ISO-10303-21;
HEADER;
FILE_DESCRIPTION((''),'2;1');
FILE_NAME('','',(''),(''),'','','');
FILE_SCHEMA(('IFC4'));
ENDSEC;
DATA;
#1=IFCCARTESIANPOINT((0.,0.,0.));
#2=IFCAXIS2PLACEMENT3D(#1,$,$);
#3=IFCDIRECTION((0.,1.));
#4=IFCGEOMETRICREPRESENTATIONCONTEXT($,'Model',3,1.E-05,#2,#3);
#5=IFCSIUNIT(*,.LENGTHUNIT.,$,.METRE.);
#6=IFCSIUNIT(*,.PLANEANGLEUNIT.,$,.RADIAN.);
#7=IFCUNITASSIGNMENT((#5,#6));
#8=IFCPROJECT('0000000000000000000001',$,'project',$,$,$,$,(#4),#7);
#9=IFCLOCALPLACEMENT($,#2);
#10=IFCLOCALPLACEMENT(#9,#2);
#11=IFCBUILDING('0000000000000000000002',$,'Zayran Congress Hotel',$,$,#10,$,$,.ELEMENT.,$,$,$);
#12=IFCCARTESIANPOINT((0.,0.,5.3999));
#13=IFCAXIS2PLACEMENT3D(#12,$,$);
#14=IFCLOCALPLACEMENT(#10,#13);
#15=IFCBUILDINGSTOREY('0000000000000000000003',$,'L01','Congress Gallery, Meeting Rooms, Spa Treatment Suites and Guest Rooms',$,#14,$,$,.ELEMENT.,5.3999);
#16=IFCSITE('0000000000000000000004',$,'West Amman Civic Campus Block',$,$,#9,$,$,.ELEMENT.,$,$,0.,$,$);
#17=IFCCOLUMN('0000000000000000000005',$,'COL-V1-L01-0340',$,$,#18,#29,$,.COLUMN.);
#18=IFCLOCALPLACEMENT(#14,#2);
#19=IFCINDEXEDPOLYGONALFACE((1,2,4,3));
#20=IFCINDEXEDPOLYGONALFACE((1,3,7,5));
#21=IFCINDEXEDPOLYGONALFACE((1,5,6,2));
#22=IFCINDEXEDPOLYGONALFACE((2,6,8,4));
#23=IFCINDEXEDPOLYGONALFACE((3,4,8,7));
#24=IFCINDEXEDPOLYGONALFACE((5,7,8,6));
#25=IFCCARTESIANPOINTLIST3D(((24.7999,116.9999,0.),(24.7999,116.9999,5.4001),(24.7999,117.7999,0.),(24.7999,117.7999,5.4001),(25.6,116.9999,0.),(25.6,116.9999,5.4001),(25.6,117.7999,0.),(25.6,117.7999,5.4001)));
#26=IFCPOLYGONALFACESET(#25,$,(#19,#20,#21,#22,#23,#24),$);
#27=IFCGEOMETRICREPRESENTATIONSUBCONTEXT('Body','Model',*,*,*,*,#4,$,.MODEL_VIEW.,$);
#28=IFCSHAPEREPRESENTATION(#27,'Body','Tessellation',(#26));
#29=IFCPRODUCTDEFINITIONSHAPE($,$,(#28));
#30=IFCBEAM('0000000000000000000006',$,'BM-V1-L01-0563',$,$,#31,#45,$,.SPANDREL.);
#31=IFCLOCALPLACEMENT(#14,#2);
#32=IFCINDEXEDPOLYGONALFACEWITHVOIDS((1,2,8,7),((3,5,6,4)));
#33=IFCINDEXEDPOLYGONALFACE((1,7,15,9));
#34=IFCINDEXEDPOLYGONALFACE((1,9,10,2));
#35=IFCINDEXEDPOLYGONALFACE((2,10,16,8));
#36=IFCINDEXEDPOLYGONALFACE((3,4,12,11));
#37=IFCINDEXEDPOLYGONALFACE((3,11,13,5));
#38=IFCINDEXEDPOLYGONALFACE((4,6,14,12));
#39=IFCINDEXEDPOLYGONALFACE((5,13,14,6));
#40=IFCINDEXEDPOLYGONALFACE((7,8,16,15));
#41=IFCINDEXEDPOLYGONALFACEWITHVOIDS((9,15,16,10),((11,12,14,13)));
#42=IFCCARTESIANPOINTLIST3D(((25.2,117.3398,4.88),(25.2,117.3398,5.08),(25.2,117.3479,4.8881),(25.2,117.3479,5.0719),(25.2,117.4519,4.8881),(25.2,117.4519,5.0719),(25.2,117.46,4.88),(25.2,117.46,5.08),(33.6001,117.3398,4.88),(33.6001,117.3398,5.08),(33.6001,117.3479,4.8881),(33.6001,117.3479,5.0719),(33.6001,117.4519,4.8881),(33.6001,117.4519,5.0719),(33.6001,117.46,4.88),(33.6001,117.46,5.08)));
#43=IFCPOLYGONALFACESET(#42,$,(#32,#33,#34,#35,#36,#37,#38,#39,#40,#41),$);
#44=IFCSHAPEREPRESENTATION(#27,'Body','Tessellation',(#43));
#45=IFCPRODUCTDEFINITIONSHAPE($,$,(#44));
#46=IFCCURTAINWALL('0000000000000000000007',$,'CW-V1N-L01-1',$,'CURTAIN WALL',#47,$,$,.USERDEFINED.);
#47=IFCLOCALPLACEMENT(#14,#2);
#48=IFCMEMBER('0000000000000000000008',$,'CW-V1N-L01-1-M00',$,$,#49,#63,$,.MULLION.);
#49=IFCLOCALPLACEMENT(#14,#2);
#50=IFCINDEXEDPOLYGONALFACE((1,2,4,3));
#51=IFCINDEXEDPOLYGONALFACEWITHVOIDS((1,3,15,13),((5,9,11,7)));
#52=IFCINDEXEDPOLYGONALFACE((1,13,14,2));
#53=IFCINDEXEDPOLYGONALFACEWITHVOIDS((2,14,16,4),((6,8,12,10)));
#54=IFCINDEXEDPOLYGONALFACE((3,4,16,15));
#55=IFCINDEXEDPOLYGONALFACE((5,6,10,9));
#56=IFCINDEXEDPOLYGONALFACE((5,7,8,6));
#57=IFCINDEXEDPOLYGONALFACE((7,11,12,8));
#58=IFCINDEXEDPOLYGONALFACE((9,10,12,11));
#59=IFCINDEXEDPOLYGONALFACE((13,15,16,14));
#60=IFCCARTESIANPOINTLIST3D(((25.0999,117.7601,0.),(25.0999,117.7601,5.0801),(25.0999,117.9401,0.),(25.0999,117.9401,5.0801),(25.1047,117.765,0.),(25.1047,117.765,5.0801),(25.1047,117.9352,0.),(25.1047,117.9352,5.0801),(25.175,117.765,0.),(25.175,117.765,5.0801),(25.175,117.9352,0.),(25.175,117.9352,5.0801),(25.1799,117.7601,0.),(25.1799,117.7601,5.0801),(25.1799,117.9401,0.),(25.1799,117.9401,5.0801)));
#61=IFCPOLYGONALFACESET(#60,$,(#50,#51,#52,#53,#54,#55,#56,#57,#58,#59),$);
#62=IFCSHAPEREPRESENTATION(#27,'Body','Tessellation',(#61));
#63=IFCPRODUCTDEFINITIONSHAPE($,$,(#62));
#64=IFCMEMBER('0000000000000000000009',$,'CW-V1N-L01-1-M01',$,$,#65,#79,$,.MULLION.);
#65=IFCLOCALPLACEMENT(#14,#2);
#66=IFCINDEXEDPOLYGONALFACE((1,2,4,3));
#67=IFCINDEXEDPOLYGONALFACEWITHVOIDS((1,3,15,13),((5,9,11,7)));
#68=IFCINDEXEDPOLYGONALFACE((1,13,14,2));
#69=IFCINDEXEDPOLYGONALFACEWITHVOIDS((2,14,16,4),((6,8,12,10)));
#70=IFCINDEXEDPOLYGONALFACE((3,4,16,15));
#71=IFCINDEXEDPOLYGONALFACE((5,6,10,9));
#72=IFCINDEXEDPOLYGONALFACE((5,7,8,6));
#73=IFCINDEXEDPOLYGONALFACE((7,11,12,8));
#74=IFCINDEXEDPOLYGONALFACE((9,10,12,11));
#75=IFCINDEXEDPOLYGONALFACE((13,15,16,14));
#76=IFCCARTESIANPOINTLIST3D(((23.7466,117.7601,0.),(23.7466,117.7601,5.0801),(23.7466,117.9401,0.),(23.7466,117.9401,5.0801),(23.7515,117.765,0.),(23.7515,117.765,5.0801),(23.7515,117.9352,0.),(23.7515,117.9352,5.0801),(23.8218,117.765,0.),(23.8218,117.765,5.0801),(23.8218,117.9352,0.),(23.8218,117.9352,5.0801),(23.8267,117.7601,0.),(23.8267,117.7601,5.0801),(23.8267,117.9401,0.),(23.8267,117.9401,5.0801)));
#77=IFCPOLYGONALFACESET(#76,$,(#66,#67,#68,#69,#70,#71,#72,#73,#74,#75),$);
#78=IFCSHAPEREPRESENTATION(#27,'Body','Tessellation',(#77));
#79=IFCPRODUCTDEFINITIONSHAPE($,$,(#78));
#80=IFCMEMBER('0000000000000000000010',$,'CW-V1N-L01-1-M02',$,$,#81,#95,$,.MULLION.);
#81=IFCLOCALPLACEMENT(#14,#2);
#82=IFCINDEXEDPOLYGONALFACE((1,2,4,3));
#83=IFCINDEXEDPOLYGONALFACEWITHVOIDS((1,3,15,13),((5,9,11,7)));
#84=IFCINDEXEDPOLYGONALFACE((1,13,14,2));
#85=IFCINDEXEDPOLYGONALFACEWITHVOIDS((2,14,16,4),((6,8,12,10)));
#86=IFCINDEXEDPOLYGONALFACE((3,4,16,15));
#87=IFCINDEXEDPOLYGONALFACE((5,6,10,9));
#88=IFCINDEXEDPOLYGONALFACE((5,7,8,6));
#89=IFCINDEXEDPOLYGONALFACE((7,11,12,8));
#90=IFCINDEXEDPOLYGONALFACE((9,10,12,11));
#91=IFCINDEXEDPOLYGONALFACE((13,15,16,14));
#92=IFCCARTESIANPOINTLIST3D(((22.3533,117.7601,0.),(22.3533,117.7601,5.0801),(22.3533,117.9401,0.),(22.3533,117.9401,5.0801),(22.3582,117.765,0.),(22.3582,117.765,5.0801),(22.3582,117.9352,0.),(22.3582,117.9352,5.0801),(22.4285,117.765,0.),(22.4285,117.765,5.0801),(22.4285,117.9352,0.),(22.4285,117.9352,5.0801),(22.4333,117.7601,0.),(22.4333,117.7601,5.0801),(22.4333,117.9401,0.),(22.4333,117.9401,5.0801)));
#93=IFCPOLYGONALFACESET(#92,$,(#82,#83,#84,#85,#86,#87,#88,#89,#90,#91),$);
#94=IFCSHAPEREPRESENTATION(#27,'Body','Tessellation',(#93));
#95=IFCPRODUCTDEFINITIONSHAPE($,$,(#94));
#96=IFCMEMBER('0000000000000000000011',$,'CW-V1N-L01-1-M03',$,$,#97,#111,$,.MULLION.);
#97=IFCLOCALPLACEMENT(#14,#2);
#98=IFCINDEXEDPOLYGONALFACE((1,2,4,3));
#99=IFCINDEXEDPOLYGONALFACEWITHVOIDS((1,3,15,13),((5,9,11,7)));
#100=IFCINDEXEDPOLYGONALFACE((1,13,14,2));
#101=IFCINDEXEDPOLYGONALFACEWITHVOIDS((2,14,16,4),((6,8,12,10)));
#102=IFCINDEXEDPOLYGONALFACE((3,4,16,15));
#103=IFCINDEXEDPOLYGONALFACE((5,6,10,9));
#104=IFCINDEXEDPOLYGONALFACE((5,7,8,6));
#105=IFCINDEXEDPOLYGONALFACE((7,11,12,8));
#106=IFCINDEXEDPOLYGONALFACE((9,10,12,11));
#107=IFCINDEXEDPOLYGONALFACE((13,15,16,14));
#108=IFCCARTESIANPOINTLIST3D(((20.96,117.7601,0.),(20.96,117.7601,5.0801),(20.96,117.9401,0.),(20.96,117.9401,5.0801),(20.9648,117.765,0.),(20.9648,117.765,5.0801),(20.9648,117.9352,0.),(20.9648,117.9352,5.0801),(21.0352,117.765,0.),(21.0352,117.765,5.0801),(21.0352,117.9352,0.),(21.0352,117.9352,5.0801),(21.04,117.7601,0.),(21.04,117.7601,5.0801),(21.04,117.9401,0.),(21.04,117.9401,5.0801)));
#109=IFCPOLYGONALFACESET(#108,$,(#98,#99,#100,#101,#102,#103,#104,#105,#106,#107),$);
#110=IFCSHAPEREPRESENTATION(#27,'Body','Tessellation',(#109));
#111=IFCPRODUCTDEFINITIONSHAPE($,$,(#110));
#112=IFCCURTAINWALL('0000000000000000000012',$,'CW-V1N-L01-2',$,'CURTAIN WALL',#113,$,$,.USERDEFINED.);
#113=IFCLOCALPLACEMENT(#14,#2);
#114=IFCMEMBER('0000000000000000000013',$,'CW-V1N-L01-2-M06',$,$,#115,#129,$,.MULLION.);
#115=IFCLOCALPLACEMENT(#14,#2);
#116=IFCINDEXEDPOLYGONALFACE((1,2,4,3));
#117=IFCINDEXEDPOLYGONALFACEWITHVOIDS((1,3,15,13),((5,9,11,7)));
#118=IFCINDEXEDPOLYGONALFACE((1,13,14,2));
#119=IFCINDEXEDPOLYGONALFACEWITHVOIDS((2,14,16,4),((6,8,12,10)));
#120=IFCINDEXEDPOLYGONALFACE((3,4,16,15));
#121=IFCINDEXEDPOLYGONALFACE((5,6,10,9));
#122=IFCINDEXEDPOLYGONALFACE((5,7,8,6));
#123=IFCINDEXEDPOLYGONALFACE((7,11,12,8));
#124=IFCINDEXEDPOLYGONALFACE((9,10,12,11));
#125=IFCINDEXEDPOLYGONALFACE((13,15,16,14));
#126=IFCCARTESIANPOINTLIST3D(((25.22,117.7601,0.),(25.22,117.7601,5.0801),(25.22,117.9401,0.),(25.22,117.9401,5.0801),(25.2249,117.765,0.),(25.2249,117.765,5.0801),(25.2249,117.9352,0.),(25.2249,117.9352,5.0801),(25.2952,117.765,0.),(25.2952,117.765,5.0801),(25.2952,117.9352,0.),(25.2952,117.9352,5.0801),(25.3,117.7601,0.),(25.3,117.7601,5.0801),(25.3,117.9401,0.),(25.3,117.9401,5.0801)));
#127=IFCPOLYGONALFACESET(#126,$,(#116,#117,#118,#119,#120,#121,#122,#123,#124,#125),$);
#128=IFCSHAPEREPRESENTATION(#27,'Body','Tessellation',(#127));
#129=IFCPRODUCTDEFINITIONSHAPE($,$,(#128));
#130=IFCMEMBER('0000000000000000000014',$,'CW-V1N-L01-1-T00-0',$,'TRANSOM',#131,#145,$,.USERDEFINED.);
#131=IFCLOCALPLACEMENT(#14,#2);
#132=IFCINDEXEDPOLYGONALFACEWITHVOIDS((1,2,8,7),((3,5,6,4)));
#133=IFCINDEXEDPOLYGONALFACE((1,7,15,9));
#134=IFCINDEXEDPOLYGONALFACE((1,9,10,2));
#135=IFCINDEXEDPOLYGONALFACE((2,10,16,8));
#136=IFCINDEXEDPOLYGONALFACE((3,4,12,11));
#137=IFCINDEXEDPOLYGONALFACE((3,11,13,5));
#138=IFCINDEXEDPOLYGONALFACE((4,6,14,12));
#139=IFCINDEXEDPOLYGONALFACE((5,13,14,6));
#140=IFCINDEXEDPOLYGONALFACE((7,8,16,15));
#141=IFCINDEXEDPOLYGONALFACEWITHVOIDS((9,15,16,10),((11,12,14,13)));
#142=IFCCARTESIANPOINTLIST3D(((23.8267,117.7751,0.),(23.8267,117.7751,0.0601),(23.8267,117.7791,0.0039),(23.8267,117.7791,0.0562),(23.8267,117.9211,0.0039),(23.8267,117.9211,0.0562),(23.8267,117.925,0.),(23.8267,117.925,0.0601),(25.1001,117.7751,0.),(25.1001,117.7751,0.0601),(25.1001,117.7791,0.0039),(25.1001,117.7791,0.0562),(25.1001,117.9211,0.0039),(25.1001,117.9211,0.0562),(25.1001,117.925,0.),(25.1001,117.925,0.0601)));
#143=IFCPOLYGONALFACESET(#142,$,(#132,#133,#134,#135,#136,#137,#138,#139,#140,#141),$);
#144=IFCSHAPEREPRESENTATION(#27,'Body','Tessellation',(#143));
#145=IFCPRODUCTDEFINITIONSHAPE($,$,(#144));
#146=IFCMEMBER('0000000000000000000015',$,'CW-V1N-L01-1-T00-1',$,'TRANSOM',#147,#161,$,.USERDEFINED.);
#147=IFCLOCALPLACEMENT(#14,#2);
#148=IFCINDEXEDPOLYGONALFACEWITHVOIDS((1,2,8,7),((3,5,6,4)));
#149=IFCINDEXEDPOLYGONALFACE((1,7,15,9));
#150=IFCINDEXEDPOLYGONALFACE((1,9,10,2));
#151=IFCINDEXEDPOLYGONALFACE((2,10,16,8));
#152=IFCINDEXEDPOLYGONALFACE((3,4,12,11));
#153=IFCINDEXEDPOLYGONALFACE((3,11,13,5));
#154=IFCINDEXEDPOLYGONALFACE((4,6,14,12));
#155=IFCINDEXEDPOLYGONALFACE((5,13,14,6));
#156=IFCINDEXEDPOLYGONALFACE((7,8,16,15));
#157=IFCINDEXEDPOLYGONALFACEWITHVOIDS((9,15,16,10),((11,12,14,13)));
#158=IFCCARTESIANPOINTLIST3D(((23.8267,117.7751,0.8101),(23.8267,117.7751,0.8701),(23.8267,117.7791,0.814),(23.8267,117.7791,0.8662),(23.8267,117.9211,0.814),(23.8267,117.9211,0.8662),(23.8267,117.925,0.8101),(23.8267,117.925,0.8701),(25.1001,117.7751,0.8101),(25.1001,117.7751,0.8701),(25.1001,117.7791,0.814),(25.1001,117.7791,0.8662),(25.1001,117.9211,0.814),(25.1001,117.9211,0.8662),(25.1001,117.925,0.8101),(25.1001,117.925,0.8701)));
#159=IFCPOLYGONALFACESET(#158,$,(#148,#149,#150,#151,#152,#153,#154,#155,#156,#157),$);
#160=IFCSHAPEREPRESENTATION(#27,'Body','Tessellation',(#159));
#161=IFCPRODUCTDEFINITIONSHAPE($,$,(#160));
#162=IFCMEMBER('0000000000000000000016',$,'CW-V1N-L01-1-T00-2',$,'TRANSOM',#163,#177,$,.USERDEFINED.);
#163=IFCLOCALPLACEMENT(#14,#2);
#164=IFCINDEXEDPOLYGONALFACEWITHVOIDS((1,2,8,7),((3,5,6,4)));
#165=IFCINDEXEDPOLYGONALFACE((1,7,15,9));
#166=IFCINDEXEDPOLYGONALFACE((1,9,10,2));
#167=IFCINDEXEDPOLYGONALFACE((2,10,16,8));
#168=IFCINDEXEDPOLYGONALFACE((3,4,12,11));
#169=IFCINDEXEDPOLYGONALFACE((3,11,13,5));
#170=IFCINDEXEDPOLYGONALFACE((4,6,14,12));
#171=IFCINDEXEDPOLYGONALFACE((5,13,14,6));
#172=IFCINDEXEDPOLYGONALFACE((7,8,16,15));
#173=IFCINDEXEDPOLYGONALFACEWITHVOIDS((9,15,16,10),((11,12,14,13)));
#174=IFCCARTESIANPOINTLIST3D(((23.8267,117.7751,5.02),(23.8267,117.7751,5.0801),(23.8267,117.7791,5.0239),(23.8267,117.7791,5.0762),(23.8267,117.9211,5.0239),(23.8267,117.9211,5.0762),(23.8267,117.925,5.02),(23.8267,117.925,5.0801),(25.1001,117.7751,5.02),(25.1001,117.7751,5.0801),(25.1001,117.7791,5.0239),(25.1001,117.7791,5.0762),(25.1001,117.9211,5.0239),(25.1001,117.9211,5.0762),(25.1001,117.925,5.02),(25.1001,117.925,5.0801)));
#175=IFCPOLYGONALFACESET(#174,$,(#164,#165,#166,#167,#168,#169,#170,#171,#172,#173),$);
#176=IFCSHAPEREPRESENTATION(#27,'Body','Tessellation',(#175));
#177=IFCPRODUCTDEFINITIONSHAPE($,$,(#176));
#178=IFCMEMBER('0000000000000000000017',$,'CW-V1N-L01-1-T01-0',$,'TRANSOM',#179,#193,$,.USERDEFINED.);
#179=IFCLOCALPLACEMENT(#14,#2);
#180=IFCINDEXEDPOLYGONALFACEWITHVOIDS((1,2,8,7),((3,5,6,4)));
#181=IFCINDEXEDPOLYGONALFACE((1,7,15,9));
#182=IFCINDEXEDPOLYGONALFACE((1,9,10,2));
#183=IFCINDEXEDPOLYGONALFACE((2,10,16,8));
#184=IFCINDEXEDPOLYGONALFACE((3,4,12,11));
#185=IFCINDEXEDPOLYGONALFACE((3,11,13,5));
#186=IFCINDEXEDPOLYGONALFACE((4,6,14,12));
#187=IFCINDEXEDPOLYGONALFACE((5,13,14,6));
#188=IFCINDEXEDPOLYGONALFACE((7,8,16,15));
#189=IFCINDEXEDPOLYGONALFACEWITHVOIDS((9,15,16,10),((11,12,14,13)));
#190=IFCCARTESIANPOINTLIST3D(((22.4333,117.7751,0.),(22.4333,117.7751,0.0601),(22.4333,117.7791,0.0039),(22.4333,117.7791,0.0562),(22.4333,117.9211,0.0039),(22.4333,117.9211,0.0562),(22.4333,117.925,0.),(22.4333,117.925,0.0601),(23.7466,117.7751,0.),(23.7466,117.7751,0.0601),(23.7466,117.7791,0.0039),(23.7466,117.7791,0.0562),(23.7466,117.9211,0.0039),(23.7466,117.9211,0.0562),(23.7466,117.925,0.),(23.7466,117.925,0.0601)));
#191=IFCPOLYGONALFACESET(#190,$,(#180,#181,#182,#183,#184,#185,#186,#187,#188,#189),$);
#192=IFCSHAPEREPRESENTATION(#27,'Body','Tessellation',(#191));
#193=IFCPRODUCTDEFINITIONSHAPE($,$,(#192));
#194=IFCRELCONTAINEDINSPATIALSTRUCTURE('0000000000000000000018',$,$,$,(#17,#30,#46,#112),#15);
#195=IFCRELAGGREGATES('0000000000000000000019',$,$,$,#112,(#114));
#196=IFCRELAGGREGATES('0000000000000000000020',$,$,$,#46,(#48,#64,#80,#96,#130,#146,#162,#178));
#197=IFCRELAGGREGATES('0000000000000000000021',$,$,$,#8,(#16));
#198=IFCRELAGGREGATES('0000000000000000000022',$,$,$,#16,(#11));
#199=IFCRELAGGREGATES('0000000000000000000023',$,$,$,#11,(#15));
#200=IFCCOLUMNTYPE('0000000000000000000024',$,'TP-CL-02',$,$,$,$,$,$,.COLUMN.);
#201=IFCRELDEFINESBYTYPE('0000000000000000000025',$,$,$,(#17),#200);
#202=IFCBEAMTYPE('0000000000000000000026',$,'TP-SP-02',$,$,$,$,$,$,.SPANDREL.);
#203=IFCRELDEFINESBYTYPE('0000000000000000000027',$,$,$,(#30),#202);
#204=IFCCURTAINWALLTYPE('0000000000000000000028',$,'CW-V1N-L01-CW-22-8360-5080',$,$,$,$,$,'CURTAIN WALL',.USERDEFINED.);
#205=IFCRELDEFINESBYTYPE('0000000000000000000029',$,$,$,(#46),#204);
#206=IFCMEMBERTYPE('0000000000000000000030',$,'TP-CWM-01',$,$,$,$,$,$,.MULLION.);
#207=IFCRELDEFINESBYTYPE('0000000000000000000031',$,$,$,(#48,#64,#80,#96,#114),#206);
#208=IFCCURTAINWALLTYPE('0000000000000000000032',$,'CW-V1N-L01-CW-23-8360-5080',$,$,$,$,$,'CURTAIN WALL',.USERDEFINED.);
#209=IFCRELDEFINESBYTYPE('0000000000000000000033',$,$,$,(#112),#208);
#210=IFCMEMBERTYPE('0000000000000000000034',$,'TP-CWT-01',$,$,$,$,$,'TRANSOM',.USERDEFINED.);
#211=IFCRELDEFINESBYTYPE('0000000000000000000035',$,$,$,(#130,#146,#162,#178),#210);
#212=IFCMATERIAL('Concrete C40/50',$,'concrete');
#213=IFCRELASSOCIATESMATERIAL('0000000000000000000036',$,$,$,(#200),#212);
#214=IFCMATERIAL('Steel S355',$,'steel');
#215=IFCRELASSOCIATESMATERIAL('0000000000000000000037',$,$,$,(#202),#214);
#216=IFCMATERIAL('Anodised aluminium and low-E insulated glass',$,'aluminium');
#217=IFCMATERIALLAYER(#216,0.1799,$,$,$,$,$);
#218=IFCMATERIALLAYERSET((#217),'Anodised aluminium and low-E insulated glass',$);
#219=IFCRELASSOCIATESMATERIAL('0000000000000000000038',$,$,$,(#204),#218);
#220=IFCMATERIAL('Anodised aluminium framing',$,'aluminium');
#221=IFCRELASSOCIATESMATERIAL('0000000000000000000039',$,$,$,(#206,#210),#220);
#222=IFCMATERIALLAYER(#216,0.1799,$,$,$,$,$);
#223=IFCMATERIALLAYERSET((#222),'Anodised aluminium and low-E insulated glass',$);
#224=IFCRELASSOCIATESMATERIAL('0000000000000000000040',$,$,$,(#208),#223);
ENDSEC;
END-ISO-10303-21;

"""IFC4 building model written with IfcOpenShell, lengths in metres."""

from ifc_helpers import new_model, si_unit, direction, frame, origin, origin_2d, place, context, subcontext, project, spatial, rectangle, hollow_rectangle, extrude, material, layer, layer_set, material_profile, profile_set, type_object, element, aggregate, save


model = new_model("IFC4")

# Units and contexts
model_context = context("Model", 3, precision=1e-05, world=origin(), true_north=direction((0.0, 1.0)))
body_context = subcontext(model_context, "Body", "Model", "MODEL_VIEW")
ifc_project = project(units=[si_unit("LENGTHUNIT", "METRE"), si_unit("PLANEANGLEUNIT", "RADIAN")], contexts=[model_context])

# Site, building, storey
site_placement = place(None, origin())
site = spatial("IfcSite", under=ifc_project, at=site_placement, Name="West Amman Civic Campus Block", CompositionType="ELEMENT", RefElevation=0.0)
building_placement = place(site_placement, origin())
building = spatial("IfcBuilding", under=site, at=building_placement, Name="Zayran Congress Hotel", CompositionType="ELEMENT")
storey_placement = place(building_placement, frame((0.0, 0.0, 5.3999)))
storey = spatial("IfcBuildingStorey", under=building, at=storey_placement, Name="L01", Description="Congress Gallery, Meeting Rooms, Spa Treatment Suites and Guest Rooms", CompositionType="ELEMENT", Elevation=5.3999)

# Column
ifc_material_1 = material(Name="Concrete C40/50", Category="concrete")
ifc_material_profile_1 = material_profile(ifc_material_1, rectangle(XDim=0.8, YDim=0.8, at=origin_2d()), Name="RC 800x800")
ifc_profile_set_1 = profile_set([ifc_material_profile_1], Name="Concrete C40/50")
column_type = type_object("IfcColumnType", Name="TP-CL-02", PredefinedType="COLUMN", material=ifc_profile_set_1)
column_placement = place(storey_placement, frame((25.2, 117.3999, 0.0), z_axis=(0.0, 0.0, 1.0), x_axis=(1.0, 0.0, 0.0)))
element("IfcColumn", 1, at=column_placement, inside=storey, type_object=column_type, Name="COL-V1-L01-0340", PredefinedType="COLUMN", context=body_context, shape_type="SweptSolid", body=[
    extrude(rectangle(XDim=0.8, YDim=0.8, at=origin_2d()), origin(), (0.0, 0.0, 1.0), 5.4001),
])

# Beam
ifc_material_2 = material(Name="Steel S355", Category="steel")
ifc_material_profile_2 = material_profile(ifc_material_2, hollow_rectangle(XDim=0.1201, YDim=0.2, WallThickness=0.0081, at=origin_2d()), Name="RHS 200x120x8")
ifc_profile_set_2 = profile_set([ifc_material_profile_2], Name="Steel S355")
beam_type = type_object("IfcBeamType", Name="TP-SP-02", PredefinedType="SPANDREL", material=ifc_profile_set_2)
beam_placement = place(storey_placement, frame((25.2, 117.3999, 4.98), z_axis=(1.0, 0.0, 0.0), x_axis=(0.0, 1.0, 0.0)))
element("IfcBeam", 2, at=beam_placement, inside=storey, type_object=beam_type, Name="BM-V1-L01-0563", PredefinedType="SPANDREL", context=body_context, shape_type="SweptSolid", body=[
    extrude(hollow_rectangle(XDim=0.1201, YDim=0.2, WallThickness=0.0081, at=origin_2d()), origin(), (0.0, 0.0, 1.0), 8.4001),
])

# Curtain wall, members
ifc_material_3 = material(Name="Anodised aluminium and low-E insulated glass", Category="aluminium")
ifc_layer_1 = layer(ifc_material_3, 0.1799)
ifc_layer_set_1 = layer_set([ifc_layer_1], Name="Anodised aluminium and low-E insulated glass")
curtain_wall_type_1 = type_object("IfcCurtainWallType", Name="CW-V1N-L01-CW-22-8360-5080", ElementType="CURTAIN WALL", PredefinedType="USERDEFINED", material=ifc_layer_set_1)
curtain_wall_1_placement = place(storey_placement, origin())
curtain_wall_1 = element("IfcCurtainWall", 3, at=curtain_wall_1_placement, inside=storey, type_object=curtain_wall_type_1, Name="CW-V1N-L01-1", ObjectType="CURTAIN WALL", PredefinedType="USERDEFINED")
ifc_material_4 = material(Name="Anodised aluminium framing", Category="aluminium")
ifc_material_profile_3 = material_profile(ifc_material_4, hollow_rectangle(XDim=0.0801, YDim=0.1799, WallThickness=0.0049, at=origin_2d()), Name="RHS 180x80x5")
ifc_profile_set_3 = profile_set([ifc_material_profile_3], Name="Anodised aluminium framing")
member_type_1 = type_object("IfcMemberType", Name="TP-CWM-01", PredefinedType="MULLION", material=ifc_profile_set_3)
member_1_placement = place(storey_placement, frame((25.1399, 117.8501, 0.0), z_axis=(0.0, 0.0, 1.0), x_axis=(1.0, 0.0, 0.0)))
member_1 = element("IfcMember", 4, at=member_1_placement, type_object=member_type_1, Name="CW-V1N-L01-1-M00", PredefinedType="MULLION", context=body_context, shape_type="SweptSolid", body=[
    extrude(hollow_rectangle(XDim=0.0801, YDim=0.1799, WallThickness=0.0049, at=origin_2d()), origin(), (0.0, 0.0, 1.0), 5.0801),
])
member_2_placement = place(storey_placement, frame((23.7866, 117.8501, 0.0), z_axis=(0.0, 0.0, 1.0), x_axis=(1.0, 0.0, 0.0)))
member_2 = element("IfcMember", 5, at=member_2_placement, type_object=member_type_1, Name="CW-V1N-L01-1-M01", PredefinedType="MULLION", context=body_context, shape_type="SweptSolid", body=[
    extrude(hollow_rectangle(XDim=0.0801, YDim=0.1799, WallThickness=0.0049, at=origin_2d()), origin(), (0.0, 0.0, 1.0), 5.0801),
])
member_3_placement = place(storey_placement, frame((22.3933, 117.8501, 0.0), z_axis=(0.0, 0.0, 1.0), x_axis=(1.0, 0.0, 0.0)))
member_3 = element("IfcMember", 6, at=member_3_placement, type_object=member_type_1, Name="CW-V1N-L01-1-M02", PredefinedType="MULLION", context=body_context, shape_type="SweptSolid", body=[
    extrude(hollow_rectangle(XDim=0.0801, YDim=0.1799, WallThickness=0.0049, at=origin_2d()), origin(), (0.0, 0.0, 1.0), 5.0801),
])
member_4_placement = place(storey_placement, frame((21.0, 117.8501, 0.0), z_axis=(0.0, 0.0, 1.0), x_axis=(1.0, 0.0, 0.0)))
member_4 = element("IfcMember", 7, at=member_4_placement, type_object=member_type_1, Name="CW-V1N-L01-1-M03", PredefinedType="MULLION", context=body_context, shape_type="SweptSolid", body=[
    extrude(hollow_rectangle(XDim=0.0801, YDim=0.1799, WallThickness=0.0049, at=origin_2d()), origin(), (0.0, 0.0, 1.0), 5.0801),
])

# Curtain wall, member
ifc_layer_2 = layer(ifc_material_3, 0.1799)
ifc_layer_set_2 = layer_set([ifc_layer_2], Name="Anodised aluminium and low-E insulated glass")
curtain_wall_type_2 = type_object("IfcCurtainWallType", Name="CW-V1N-L01-CW-23-8360-5080", ElementType="CURTAIN WALL", PredefinedType="USERDEFINED", material=ifc_layer_set_2)
curtain_wall_2_placement = place(storey_placement, origin())
curtain_wall_2 = element("IfcCurtainWall", 8, at=curtain_wall_2_placement, inside=storey, type_object=curtain_wall_type_2, Name="CW-V1N-L01-2", ObjectType="CURTAIN WALL", PredefinedType="USERDEFINED")
member_5_placement = place(storey_placement, frame((25.26, 117.8501, 0.0), z_axis=(0.0, 0.0, 1.0), x_axis=(1.0, 0.0, 0.0)))
member_5 = element("IfcMember", 9, at=member_5_placement, type_object=member_type_1, Name="CW-V1N-L01-2-M06", PredefinedType="MULLION", context=body_context, shape_type="SweptSolid", body=[
    extrude(hollow_rectangle(XDim=0.0801, YDim=0.1799, WallThickness=0.0049, at=origin_2d()), origin(), (0.0, 0.0, 1.0), 5.0801),
])
aggregate(curtain_wall_2, [member_5])

# Members
ifc_material_profile_4 = material_profile(ifc_material_4, hollow_rectangle(XDim=0.0601, YDim=0.1499, WallThickness=0.0039, at=origin_2d()), Name="RHS 150x60x4")
ifc_profile_set_4 = profile_set([ifc_material_profile_4], Name="Anodised aluminium framing")
member_type_2 = type_object("IfcMemberType", Name="TP-CWT-01", ElementType="TRANSOM", PredefinedType="USERDEFINED", material=ifc_profile_set_4)
member_6_placement = place(storey_placement, frame((25.1001, 117.8501, 0.03), z_axis=(-1.0, 0.0, 0.0), x_axis=(0.0, 0.0, 1.0)))
member_6 = element("IfcMember", 10, at=member_6_placement, type_object=member_type_2, Name="CW-V1N-L01-1-T00-0", ObjectType="TRANSOM", PredefinedType="USERDEFINED", context=body_context, shape_type="SweptSolid", body=[
    extrude(hollow_rectangle(XDim=0.0601, YDim=0.1499, WallThickness=0.0039, at=origin_2d()), origin(), (0.0, 0.0, 1.0), 1.2734),
])
member_7_placement = place(storey_placement, frame((25.1001, 117.8501, 0.8401), z_axis=(-1.0, 0.0, 0.0), x_axis=(0.0, 0.0, 1.0)))
member_7 = element("IfcMember", 11, at=member_7_placement, type_object=member_type_2, Name="CW-V1N-L01-1-T00-1", ObjectType="TRANSOM", PredefinedType="USERDEFINED", context=body_context, shape_type="SweptSolid", body=[
    extrude(hollow_rectangle(XDim=0.0601, YDim=0.1499, WallThickness=0.0039, at=origin_2d()), origin(), (0.0, 0.0, 1.0), 1.2734),
])
member_8_placement = place(storey_placement, frame((25.1001, 117.8501, 5.05), z_axis=(-1.0, 0.0, 0.0), x_axis=(0.0, 0.0, 1.0)))
member_8 = element("IfcMember", 12, at=member_8_placement, type_object=member_type_2, Name="CW-V1N-L01-1-T00-2", ObjectType="TRANSOM", PredefinedType="USERDEFINED", context=body_context, shape_type="SweptSolid", body=[
    extrude(hollow_rectangle(XDim=0.0601, YDim=0.1499, WallThickness=0.0039, at=origin_2d()), origin(), (0.0, 0.0, 1.0), 1.2734),
])
member_9_placement = place(storey_placement, frame((23.7466, 117.8501, 0.03), z_axis=(-1.0, 0.0, 0.0), x_axis=(0.0, 0.0, 1.0)))
member_9 = element("IfcMember", 13, at=member_9_placement, type_object=member_type_2, Name="CW-V1N-L01-1-T01-0", ObjectType="TRANSOM", PredefinedType="USERDEFINED", context=body_context, shape_type="SweptSolid", body=[
    extrude(hollow_rectangle(XDim=0.0601, YDim=0.1499, WallThickness=0.0039, at=origin_2d()), origin(), (0.0, 0.0, 1.0), 1.3132),
])

aggregate(curtain_wall_1, [member_1, member_2, member_3, member_4, member_6, member_7, member_8, member_9])

save(model, "model.ifc")
